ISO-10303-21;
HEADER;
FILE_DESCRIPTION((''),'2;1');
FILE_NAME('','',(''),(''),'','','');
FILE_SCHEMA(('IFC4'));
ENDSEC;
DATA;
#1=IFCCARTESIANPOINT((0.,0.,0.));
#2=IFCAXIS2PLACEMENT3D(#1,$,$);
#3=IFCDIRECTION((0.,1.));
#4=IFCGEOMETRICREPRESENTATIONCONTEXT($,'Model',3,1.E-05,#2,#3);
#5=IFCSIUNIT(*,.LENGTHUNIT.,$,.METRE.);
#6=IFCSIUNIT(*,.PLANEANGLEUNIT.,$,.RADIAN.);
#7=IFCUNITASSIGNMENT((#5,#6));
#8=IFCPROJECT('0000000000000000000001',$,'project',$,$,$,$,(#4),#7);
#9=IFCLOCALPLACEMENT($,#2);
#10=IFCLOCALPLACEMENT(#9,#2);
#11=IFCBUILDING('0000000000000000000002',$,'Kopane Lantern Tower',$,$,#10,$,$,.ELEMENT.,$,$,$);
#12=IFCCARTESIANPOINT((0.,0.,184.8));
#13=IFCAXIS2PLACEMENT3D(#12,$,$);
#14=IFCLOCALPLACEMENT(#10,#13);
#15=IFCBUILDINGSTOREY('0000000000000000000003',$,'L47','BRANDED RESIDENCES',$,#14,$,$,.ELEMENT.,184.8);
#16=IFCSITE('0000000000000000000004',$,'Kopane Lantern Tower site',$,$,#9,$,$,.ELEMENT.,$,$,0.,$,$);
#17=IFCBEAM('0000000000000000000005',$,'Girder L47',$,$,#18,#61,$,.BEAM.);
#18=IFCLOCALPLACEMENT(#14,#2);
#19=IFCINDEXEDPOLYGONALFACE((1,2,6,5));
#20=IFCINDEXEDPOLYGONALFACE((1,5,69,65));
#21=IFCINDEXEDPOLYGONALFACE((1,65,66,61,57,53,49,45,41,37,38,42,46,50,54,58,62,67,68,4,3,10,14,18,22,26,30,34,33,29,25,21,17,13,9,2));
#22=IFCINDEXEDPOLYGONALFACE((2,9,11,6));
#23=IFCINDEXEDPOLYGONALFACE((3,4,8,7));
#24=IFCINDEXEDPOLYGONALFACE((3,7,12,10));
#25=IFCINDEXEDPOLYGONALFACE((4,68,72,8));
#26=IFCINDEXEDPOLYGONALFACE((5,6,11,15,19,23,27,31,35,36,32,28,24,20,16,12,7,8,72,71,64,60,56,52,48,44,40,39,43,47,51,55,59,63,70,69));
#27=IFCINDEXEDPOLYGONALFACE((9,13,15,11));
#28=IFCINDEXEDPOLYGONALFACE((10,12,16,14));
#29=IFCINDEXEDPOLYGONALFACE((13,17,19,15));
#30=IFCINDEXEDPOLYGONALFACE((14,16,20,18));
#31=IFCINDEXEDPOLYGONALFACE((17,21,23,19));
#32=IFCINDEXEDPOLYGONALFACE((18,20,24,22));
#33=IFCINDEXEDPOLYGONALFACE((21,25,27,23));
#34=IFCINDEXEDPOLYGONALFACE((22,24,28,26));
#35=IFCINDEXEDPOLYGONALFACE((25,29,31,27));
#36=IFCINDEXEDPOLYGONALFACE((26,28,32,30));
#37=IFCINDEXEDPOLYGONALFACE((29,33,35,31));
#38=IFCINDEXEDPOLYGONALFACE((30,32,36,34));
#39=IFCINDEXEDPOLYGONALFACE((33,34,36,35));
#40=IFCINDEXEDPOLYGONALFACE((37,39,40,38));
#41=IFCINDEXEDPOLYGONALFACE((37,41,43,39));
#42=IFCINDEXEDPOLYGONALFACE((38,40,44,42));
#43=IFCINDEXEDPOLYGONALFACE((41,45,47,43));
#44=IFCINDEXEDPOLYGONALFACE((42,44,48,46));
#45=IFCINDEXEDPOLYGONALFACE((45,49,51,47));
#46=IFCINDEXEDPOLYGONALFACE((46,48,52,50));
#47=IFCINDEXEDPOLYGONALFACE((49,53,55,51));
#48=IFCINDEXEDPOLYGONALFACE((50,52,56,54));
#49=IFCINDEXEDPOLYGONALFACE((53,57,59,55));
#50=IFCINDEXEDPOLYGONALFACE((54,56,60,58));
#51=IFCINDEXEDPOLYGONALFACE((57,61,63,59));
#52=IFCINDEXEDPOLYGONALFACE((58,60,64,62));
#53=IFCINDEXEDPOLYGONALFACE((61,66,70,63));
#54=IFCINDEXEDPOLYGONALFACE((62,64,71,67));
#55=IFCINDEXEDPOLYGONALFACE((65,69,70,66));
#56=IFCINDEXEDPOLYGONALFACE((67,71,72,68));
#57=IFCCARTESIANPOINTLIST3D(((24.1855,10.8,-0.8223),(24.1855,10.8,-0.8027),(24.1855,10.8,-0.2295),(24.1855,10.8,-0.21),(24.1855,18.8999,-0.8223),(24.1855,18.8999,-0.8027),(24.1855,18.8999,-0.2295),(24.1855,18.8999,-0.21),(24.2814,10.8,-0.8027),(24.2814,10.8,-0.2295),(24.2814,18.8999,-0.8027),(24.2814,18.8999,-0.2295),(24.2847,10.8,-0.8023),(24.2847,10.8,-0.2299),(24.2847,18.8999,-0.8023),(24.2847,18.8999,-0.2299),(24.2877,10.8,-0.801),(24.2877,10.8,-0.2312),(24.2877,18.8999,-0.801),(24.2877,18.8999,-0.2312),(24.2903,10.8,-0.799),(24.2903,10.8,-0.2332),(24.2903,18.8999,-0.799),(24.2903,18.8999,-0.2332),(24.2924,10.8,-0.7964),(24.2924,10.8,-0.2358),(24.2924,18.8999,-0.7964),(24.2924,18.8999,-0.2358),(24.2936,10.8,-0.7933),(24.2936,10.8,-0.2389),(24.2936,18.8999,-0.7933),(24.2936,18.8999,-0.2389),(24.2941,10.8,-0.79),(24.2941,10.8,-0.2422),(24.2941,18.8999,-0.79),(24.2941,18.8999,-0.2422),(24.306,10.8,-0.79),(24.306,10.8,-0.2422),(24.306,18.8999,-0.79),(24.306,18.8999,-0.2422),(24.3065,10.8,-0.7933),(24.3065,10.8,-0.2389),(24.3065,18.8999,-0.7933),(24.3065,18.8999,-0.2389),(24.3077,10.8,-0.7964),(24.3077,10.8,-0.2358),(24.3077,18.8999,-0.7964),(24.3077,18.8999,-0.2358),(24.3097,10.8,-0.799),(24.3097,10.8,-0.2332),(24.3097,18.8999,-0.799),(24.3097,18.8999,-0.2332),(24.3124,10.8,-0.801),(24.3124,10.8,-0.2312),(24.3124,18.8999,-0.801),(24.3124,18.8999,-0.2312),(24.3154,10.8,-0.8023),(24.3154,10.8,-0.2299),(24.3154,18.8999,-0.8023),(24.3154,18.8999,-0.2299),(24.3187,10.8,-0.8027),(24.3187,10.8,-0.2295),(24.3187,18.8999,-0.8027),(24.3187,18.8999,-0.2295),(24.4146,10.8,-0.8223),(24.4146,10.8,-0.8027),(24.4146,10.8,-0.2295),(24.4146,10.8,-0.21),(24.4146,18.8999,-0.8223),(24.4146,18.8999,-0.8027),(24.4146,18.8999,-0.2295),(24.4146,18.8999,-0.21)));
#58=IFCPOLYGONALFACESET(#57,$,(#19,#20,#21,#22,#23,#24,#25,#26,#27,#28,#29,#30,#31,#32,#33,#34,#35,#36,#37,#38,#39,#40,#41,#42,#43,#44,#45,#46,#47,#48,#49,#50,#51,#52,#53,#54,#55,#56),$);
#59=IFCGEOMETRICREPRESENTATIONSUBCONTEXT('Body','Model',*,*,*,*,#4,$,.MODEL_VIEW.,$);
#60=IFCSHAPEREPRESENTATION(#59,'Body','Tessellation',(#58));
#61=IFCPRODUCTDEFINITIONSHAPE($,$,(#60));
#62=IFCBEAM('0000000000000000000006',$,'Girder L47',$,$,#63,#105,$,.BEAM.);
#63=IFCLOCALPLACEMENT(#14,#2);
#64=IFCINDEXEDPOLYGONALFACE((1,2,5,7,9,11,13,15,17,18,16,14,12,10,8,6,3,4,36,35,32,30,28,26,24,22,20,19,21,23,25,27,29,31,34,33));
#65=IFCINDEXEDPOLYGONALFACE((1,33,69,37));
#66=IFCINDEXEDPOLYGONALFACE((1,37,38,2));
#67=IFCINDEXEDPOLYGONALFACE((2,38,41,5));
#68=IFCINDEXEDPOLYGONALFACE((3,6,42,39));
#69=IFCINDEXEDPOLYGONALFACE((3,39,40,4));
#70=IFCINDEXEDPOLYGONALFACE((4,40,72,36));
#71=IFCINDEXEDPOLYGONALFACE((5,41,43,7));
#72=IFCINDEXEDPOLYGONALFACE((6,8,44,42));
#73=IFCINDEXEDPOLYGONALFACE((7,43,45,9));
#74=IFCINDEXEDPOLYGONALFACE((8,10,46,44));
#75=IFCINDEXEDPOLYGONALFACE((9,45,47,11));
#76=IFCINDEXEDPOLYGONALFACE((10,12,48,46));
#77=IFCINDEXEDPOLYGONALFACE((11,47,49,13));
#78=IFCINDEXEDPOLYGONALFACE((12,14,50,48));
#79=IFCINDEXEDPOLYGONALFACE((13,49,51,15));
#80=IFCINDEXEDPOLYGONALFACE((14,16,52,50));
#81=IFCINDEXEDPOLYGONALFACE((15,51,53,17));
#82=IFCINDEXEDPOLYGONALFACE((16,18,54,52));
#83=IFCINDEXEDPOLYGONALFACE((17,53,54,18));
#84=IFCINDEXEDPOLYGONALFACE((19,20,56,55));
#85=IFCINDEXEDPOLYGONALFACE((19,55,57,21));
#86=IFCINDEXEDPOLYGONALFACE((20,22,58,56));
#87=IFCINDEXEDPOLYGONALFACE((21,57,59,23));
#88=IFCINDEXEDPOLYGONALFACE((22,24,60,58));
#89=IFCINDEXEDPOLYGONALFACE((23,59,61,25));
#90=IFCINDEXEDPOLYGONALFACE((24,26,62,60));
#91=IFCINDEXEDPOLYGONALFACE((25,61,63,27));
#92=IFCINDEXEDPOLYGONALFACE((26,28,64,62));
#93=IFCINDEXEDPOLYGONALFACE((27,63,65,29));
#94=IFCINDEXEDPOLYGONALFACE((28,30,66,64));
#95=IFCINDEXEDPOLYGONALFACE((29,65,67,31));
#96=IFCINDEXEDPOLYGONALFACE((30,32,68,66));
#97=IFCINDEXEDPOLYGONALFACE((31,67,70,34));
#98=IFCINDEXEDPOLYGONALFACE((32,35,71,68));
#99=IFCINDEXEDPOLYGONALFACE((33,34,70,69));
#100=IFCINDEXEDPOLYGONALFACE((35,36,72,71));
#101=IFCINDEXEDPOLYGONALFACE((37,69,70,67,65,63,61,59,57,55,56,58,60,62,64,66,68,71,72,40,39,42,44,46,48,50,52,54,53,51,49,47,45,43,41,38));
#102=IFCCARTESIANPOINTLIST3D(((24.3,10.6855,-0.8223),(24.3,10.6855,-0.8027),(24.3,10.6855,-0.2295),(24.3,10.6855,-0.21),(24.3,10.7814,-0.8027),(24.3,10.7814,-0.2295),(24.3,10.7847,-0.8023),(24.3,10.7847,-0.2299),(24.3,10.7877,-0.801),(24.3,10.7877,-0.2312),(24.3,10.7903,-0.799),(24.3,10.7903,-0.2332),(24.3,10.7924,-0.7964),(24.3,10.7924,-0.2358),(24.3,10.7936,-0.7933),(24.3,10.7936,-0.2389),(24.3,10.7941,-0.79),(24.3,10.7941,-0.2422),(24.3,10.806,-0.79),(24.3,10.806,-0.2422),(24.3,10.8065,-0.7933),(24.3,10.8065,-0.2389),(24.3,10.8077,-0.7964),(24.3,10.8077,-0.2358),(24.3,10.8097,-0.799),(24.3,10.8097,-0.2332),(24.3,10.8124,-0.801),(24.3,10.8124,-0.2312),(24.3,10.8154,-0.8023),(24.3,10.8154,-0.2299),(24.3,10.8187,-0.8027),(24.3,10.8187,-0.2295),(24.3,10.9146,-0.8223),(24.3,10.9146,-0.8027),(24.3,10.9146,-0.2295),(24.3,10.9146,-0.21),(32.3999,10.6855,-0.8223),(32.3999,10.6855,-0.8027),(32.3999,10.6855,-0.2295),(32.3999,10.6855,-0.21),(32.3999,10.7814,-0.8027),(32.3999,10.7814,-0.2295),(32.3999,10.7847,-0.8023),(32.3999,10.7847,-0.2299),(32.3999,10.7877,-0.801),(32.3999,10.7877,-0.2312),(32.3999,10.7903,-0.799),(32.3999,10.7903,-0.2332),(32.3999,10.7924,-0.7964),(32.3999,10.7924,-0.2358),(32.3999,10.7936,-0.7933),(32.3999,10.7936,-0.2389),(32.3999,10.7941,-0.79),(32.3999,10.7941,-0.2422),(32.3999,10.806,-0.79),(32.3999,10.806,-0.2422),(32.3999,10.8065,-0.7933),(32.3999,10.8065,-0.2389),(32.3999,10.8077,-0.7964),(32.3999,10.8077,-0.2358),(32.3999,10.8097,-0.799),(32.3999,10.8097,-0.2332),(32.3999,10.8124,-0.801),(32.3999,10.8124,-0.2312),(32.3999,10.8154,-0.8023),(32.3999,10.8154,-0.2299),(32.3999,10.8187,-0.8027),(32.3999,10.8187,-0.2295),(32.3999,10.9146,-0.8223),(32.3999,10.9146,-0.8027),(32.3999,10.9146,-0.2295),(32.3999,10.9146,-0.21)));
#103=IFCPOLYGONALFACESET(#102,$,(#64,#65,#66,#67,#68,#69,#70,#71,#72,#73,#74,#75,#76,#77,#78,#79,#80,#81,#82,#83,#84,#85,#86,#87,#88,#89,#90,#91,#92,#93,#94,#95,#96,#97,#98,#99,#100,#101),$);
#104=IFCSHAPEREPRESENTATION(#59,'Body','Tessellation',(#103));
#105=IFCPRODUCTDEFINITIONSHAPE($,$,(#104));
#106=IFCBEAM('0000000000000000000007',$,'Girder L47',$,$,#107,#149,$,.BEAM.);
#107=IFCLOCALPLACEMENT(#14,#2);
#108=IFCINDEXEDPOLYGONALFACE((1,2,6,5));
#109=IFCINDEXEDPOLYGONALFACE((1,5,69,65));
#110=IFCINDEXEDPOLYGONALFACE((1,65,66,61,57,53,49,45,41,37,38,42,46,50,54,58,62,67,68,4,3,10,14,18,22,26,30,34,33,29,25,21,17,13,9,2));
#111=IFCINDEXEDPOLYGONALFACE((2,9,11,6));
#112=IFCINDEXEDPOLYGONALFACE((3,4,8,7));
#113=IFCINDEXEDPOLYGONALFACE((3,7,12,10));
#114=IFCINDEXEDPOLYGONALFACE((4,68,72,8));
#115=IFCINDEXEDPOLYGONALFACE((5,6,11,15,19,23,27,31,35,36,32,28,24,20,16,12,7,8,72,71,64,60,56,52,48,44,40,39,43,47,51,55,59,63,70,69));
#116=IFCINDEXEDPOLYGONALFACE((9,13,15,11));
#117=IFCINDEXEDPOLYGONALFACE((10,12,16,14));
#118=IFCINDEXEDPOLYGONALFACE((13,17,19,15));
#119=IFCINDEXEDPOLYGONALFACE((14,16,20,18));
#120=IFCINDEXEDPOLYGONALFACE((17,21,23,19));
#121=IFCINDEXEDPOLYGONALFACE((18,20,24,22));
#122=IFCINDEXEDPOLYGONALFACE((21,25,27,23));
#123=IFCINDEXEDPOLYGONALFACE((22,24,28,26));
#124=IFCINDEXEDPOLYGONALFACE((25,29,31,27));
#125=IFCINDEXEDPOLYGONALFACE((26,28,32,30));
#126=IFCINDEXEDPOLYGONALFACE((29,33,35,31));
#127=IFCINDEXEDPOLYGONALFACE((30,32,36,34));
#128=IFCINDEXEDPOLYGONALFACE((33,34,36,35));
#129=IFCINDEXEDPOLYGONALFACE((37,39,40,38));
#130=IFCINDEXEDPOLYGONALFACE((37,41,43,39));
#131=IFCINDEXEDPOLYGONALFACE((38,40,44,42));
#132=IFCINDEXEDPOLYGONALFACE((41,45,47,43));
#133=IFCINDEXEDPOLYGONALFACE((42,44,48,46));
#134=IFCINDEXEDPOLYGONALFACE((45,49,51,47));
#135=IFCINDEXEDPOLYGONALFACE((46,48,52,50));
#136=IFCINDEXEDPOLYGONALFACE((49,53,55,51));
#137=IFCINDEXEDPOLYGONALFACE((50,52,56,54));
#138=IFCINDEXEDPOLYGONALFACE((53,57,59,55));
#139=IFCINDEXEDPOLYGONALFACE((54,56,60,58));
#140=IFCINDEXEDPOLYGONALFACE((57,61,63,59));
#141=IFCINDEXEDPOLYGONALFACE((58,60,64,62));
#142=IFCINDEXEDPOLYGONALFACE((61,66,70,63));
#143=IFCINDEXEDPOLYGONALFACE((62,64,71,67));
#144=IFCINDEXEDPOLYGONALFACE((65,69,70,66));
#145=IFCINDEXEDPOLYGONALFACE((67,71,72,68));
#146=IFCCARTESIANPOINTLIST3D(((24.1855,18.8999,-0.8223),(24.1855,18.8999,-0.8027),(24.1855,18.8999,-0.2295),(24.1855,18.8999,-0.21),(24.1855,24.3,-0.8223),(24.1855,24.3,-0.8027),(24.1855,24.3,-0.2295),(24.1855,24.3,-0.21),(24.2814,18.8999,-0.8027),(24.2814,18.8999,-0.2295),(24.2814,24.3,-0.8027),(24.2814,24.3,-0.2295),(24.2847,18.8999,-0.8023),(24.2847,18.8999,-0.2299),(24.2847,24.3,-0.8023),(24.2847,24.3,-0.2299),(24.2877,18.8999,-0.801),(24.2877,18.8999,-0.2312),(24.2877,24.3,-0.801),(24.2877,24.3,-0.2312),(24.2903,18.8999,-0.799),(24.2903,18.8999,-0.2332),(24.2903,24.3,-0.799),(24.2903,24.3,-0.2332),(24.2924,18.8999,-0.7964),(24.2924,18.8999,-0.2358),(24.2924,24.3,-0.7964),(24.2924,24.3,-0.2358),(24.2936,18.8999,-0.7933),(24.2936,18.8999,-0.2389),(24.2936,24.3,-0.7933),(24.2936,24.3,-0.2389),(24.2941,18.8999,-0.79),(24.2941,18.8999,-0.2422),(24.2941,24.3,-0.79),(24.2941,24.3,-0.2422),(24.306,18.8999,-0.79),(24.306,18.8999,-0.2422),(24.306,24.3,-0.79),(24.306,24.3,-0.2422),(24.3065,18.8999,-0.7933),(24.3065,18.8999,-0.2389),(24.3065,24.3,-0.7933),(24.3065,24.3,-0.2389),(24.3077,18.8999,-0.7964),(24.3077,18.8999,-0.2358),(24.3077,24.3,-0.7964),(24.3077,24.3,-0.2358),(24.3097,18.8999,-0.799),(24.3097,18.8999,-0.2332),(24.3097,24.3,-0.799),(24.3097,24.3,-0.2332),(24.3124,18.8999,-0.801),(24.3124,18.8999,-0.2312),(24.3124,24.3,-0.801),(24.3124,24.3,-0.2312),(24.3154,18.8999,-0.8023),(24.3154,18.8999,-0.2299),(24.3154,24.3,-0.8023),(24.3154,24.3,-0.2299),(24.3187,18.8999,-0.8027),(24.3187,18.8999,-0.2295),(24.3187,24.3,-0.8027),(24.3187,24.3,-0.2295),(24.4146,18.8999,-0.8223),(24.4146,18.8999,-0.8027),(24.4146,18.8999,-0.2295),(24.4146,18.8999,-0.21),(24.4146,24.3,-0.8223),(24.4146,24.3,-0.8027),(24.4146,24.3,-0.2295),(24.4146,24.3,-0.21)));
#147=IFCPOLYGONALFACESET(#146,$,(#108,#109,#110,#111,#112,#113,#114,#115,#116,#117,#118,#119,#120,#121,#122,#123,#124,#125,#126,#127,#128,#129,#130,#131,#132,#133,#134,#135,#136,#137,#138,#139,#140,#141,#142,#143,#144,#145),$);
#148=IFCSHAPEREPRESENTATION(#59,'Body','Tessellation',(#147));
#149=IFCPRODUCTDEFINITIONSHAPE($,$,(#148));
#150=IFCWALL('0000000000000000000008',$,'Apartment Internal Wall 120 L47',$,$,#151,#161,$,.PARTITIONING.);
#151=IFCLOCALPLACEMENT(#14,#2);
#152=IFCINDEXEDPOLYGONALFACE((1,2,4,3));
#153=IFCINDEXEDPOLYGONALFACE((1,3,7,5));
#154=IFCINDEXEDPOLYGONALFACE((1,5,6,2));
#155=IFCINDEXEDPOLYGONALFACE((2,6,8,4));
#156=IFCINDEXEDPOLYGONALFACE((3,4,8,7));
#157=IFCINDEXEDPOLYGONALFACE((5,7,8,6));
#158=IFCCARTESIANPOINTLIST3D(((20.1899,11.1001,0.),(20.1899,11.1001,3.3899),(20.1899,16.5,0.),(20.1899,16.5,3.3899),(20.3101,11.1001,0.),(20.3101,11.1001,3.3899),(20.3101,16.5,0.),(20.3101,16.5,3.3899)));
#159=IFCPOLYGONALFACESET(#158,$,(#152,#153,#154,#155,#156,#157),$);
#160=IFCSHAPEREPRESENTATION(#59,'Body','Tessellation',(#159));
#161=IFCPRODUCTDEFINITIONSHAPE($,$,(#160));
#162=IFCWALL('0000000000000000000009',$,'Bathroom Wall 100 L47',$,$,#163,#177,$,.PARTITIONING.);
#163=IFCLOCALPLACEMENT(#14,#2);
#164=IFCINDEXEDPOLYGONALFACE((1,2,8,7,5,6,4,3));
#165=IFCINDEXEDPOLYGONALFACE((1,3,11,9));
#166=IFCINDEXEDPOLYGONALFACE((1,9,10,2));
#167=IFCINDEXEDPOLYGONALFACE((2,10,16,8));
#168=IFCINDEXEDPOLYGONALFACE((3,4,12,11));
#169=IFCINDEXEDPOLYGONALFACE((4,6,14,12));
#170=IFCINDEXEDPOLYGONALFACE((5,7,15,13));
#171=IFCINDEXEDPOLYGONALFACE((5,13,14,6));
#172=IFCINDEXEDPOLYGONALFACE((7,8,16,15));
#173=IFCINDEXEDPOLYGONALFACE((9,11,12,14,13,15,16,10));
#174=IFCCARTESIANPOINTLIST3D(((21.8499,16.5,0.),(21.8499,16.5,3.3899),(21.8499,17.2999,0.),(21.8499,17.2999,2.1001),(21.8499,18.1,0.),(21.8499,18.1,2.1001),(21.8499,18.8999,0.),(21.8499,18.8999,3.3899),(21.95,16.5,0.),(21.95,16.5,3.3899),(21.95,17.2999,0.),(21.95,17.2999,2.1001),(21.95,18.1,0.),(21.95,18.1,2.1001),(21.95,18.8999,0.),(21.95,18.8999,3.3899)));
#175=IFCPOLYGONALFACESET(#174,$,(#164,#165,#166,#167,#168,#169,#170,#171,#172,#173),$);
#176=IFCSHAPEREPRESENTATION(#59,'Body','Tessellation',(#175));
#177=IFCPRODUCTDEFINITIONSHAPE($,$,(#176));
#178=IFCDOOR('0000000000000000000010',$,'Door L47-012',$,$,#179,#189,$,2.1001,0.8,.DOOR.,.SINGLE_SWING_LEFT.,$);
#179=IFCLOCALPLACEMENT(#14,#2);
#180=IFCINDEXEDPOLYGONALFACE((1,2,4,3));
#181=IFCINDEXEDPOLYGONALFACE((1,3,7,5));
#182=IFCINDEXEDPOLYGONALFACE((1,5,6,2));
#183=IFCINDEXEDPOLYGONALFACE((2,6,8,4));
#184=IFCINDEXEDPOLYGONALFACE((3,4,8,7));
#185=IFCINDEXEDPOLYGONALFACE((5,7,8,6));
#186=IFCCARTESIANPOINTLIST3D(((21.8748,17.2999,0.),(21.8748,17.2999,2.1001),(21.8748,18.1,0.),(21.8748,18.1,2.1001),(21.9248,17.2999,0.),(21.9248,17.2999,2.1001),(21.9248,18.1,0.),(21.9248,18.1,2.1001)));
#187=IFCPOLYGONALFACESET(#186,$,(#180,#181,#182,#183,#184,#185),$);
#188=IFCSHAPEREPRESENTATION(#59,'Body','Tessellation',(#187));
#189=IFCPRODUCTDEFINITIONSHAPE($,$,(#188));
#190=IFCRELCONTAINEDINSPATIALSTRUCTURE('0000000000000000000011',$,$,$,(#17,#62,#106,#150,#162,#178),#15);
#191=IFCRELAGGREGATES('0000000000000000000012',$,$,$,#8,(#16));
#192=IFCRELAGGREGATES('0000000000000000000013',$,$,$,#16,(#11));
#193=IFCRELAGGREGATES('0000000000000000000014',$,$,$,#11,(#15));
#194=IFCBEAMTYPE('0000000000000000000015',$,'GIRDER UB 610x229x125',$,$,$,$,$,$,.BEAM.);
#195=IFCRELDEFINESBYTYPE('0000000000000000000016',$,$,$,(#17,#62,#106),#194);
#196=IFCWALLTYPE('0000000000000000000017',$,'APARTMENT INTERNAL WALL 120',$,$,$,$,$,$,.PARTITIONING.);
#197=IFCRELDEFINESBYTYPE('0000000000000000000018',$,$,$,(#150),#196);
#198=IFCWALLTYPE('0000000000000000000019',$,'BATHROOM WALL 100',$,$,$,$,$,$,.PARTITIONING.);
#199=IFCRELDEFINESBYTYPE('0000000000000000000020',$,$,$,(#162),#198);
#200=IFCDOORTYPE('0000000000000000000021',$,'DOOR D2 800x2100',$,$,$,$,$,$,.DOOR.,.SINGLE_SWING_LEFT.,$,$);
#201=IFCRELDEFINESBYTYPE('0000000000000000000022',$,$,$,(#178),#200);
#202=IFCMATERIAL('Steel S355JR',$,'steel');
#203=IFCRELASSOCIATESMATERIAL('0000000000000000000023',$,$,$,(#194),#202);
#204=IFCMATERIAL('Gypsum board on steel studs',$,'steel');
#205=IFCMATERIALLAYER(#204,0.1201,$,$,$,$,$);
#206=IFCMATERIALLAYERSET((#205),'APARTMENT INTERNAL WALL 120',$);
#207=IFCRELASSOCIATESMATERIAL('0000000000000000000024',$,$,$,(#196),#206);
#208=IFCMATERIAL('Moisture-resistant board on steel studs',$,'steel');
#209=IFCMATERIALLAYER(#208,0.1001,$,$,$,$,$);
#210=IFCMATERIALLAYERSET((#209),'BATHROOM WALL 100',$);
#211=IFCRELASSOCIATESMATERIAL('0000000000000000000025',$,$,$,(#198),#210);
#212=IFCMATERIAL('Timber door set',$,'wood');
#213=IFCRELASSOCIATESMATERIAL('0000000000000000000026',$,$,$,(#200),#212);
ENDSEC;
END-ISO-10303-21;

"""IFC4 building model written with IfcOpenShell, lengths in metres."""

from ifc_helpers import new_model, si_unit, direction, frame, frame_2d, origin, origin_2d, place, context, subcontext, project, spatial, rectangle, i_section, extrude, material, layer, layer_set, material_profile, profile_set, type_object, element, fill, save


model = new_model("IFC4")

# Units and contexts
model_context = context("Model", 3, precision=1e-05, world=origin(), true_north=direction((0.0, 1.0)))
body_context = subcontext(model_context, "Body", "Model", "MODEL_VIEW")
ifc_project = project(units=[si_unit("LENGTHUNIT", "METRE"), si_unit("PLANEANGLEUNIT", "RADIAN")], contexts=[model_context])

# Site, building, storey
site_placement = place(None, origin())
site = spatial("IfcSite", under=ifc_project, at=site_placement, Name="Kopane Lantern Tower site", CompositionType="ELEMENT", RefElevation=0.0)
building_placement = place(site_placement, origin())
building = spatial("IfcBuilding", under=site, at=building_placement, Name="Kopane Lantern Tower", CompositionType="ELEMENT")
storey_placement = place(building_placement, frame((0.0, 0.0, 184.8)))
storey = spatial("IfcBuildingStorey", under=building, at=storey_placement, Name="L47", Description="BRANDED RESIDENCES", CompositionType="ELEMENT", Elevation=184.8)

# Beams
ifc_material_1 = material(Name="Steel S355JR", Category="steel")
ifc_material_profile_1 = material_profile(ifc_material_1, i_section(OverallWidth=0.229, OverallDepth=0.6123, WebThickness=0.012, FlangeThickness=0.0195, FilletRadius=0.0127, at=origin_2d()), Name="UB 610x229x125")
ifc_profile_set_1 = profile_set([ifc_material_profile_1], Name="Steel S355JR")
beam_type = type_object("IfcBeamType", Name="GIRDER UB 610x229x125", PredefinedType="BEAM", material=ifc_profile_set_1)
for number, where, z_axis, x_axis, name in (
    (1, (24.3, 10.8, -0.5161), (0.0, 1.0, 0.0), (-1.0, 0.0, 0.0), "Girder L47"),
    (2, (24.3, 10.8, -0.5161), (1.0, 0.0, 0.0), (0.0, 1.0, 0.0), "Girder L47"),
):
    element("IfcBeam", number, at=place(storey_placement, frame(where, z_axis=z_axis, x_axis=x_axis)), inside=storey, type_object=beam_type, Name=name, PredefinedType="BEAM", context=body_context, shape_type="SweptSolid", body=[
        extrude(i_section(OverallWidth=0.229, OverallDepth=0.6123, WebThickness=0.012, FlangeThickness=0.0195, FilletRadius=0.0127, at=origin_2d()), origin(), (0.0, 0.0, 1.0), 8.0999),
    ])
beam_1_placement = place(storey_placement, frame((24.3, 18.8999, -0.5161), z_axis=(0.0, 1.0, 0.0), x_axis=(-1.0, 0.0, 0.0)))
element("IfcBeam", 3, at=beam_1_placement, inside=storey, type_object=beam_type, Name="Girder L47", PredefinedType="BEAM", context=body_context, shape_type="SweptSolid", body=[
    extrude(i_section(OverallWidth=0.229, OverallDepth=0.6123, WebThickness=0.012, FlangeThickness=0.0195, FilletRadius=0.0127, at=origin_2d()), origin(), (0.0, 0.0, 1.0), 5.4001),
])

# Wall
ifc_material_2 = material(Name="Gypsum board on steel studs", Category="steel")
ifc_layer_1 = layer(ifc_material_2, 0.1201)
ifc_layer_set_1 = layer_set([ifc_layer_1], Name="APARTMENT INTERNAL WALL 120")
wall_type_1 = type_object("IfcWallType", Name="APARTMENT INTERNAL WALL 120", PredefinedType="PARTITIONING", material=ifc_layer_set_1)
wall_1_placement = place(storey_placement, frame((20.25, 16.5, 0.0), z_axis=(0.0, 0.0, 1.0), x_axis=(0.0, -1.0, 0.0)))
element("IfcWall", 4, at=wall_1_placement, inside=storey, type_object=wall_type_1, Name="Apartment Internal Wall 120 L47", PredefinedType="PARTITIONING", context=body_context, shape_type="SweptSolid", body=[
    extrude(rectangle(XDim=5.3999, YDim=0.1201, at=frame_2d((2.7, 0.0))), origin(), (0.0, 0.0, 1.0), 3.3899),
])

# Wall, opening, door
ifc_material_3 = material(Name="Moisture-resistant board on steel studs", Category="steel")
ifc_layer_2 = layer(ifc_material_3, 0.1001)
ifc_layer_set_2 = layer_set([ifc_layer_2], Name="BATHROOM WALL 100")
wall_type_2 = type_object("IfcWallType", Name="BATHROOM WALL 100", PredefinedType="PARTITIONING", material=ifc_layer_set_2)
wall_2_placement = place(storey_placement, frame((21.8999, 18.8999, 0.0), z_axis=(0.0, 0.0, 1.0), x_axis=(0.0, -1.0, 0.0)))
wall_2 = element("IfcWall", 5, at=wall_2_placement, inside=storey, type_object=wall_type_2, Name="Bathroom Wall 100 L47", PredefinedType="PARTITIONING", context=body_context, shape_type="SweptSolid", body=[
    extrude(rectangle(XDim=2.3999, YDim=0.1001, at=frame_2d((1.2, 0.0))), origin(), (0.0, 0.0, 1.0), 3.3899),
])
opening_placement = place(wall_2_placement, frame((0.8, 0.0, 0.0)))
opening = element("IfcOpeningElement", 6, at=opening_placement, cuts=wall_2, PredefinedType="OPENING", context=body_context, shape_type="SweptSolid", body=[
    extrude(rectangle(XDim=0.8, YDim=2.1001, at=frame_2d((0.3999, 1.05))), frame((0.0, 0.0601, 0.0), z_axis=(0.0, -1.0, 0.0), x_axis=(1.0, 0.0, 0.0)), (0.0, 0.0, 1.0), 0.1201),
])
ifc_material_4 = material(Name="Timber door set", Category="wood")
door_type = type_object("IfcDoorType", Name="DOOR D2 800x2100", OperationType="SINGLE_SWING_LEFT", PredefinedType="DOOR", material=ifc_material_4)
door_placement = place(opening_placement, origin())
door = element("IfcDoor", 7, at=door_placement, inside=storey, type_object=door_type, Name="Door L47-012", OperationType="SINGLE_SWING_LEFT", OverallHeight=2.1001, OverallWidth=0.8, PredefinedType="DOOR", context=body_context, shape_type="SweptSolid", body=[
    extrude(rectangle(XDim=0.8, YDim=2.1001, at=frame_2d((0.3999, 1.05))), frame((0.0, 0.0249, 0.0), z_axis=(0.0, -1.0, 0.0), x_axis=(1.0, 0.0, 0.0)), (0.0, 0.0, 1.0), 0.05),
])
fill(opening, door)

save(model, "model.ifc")
